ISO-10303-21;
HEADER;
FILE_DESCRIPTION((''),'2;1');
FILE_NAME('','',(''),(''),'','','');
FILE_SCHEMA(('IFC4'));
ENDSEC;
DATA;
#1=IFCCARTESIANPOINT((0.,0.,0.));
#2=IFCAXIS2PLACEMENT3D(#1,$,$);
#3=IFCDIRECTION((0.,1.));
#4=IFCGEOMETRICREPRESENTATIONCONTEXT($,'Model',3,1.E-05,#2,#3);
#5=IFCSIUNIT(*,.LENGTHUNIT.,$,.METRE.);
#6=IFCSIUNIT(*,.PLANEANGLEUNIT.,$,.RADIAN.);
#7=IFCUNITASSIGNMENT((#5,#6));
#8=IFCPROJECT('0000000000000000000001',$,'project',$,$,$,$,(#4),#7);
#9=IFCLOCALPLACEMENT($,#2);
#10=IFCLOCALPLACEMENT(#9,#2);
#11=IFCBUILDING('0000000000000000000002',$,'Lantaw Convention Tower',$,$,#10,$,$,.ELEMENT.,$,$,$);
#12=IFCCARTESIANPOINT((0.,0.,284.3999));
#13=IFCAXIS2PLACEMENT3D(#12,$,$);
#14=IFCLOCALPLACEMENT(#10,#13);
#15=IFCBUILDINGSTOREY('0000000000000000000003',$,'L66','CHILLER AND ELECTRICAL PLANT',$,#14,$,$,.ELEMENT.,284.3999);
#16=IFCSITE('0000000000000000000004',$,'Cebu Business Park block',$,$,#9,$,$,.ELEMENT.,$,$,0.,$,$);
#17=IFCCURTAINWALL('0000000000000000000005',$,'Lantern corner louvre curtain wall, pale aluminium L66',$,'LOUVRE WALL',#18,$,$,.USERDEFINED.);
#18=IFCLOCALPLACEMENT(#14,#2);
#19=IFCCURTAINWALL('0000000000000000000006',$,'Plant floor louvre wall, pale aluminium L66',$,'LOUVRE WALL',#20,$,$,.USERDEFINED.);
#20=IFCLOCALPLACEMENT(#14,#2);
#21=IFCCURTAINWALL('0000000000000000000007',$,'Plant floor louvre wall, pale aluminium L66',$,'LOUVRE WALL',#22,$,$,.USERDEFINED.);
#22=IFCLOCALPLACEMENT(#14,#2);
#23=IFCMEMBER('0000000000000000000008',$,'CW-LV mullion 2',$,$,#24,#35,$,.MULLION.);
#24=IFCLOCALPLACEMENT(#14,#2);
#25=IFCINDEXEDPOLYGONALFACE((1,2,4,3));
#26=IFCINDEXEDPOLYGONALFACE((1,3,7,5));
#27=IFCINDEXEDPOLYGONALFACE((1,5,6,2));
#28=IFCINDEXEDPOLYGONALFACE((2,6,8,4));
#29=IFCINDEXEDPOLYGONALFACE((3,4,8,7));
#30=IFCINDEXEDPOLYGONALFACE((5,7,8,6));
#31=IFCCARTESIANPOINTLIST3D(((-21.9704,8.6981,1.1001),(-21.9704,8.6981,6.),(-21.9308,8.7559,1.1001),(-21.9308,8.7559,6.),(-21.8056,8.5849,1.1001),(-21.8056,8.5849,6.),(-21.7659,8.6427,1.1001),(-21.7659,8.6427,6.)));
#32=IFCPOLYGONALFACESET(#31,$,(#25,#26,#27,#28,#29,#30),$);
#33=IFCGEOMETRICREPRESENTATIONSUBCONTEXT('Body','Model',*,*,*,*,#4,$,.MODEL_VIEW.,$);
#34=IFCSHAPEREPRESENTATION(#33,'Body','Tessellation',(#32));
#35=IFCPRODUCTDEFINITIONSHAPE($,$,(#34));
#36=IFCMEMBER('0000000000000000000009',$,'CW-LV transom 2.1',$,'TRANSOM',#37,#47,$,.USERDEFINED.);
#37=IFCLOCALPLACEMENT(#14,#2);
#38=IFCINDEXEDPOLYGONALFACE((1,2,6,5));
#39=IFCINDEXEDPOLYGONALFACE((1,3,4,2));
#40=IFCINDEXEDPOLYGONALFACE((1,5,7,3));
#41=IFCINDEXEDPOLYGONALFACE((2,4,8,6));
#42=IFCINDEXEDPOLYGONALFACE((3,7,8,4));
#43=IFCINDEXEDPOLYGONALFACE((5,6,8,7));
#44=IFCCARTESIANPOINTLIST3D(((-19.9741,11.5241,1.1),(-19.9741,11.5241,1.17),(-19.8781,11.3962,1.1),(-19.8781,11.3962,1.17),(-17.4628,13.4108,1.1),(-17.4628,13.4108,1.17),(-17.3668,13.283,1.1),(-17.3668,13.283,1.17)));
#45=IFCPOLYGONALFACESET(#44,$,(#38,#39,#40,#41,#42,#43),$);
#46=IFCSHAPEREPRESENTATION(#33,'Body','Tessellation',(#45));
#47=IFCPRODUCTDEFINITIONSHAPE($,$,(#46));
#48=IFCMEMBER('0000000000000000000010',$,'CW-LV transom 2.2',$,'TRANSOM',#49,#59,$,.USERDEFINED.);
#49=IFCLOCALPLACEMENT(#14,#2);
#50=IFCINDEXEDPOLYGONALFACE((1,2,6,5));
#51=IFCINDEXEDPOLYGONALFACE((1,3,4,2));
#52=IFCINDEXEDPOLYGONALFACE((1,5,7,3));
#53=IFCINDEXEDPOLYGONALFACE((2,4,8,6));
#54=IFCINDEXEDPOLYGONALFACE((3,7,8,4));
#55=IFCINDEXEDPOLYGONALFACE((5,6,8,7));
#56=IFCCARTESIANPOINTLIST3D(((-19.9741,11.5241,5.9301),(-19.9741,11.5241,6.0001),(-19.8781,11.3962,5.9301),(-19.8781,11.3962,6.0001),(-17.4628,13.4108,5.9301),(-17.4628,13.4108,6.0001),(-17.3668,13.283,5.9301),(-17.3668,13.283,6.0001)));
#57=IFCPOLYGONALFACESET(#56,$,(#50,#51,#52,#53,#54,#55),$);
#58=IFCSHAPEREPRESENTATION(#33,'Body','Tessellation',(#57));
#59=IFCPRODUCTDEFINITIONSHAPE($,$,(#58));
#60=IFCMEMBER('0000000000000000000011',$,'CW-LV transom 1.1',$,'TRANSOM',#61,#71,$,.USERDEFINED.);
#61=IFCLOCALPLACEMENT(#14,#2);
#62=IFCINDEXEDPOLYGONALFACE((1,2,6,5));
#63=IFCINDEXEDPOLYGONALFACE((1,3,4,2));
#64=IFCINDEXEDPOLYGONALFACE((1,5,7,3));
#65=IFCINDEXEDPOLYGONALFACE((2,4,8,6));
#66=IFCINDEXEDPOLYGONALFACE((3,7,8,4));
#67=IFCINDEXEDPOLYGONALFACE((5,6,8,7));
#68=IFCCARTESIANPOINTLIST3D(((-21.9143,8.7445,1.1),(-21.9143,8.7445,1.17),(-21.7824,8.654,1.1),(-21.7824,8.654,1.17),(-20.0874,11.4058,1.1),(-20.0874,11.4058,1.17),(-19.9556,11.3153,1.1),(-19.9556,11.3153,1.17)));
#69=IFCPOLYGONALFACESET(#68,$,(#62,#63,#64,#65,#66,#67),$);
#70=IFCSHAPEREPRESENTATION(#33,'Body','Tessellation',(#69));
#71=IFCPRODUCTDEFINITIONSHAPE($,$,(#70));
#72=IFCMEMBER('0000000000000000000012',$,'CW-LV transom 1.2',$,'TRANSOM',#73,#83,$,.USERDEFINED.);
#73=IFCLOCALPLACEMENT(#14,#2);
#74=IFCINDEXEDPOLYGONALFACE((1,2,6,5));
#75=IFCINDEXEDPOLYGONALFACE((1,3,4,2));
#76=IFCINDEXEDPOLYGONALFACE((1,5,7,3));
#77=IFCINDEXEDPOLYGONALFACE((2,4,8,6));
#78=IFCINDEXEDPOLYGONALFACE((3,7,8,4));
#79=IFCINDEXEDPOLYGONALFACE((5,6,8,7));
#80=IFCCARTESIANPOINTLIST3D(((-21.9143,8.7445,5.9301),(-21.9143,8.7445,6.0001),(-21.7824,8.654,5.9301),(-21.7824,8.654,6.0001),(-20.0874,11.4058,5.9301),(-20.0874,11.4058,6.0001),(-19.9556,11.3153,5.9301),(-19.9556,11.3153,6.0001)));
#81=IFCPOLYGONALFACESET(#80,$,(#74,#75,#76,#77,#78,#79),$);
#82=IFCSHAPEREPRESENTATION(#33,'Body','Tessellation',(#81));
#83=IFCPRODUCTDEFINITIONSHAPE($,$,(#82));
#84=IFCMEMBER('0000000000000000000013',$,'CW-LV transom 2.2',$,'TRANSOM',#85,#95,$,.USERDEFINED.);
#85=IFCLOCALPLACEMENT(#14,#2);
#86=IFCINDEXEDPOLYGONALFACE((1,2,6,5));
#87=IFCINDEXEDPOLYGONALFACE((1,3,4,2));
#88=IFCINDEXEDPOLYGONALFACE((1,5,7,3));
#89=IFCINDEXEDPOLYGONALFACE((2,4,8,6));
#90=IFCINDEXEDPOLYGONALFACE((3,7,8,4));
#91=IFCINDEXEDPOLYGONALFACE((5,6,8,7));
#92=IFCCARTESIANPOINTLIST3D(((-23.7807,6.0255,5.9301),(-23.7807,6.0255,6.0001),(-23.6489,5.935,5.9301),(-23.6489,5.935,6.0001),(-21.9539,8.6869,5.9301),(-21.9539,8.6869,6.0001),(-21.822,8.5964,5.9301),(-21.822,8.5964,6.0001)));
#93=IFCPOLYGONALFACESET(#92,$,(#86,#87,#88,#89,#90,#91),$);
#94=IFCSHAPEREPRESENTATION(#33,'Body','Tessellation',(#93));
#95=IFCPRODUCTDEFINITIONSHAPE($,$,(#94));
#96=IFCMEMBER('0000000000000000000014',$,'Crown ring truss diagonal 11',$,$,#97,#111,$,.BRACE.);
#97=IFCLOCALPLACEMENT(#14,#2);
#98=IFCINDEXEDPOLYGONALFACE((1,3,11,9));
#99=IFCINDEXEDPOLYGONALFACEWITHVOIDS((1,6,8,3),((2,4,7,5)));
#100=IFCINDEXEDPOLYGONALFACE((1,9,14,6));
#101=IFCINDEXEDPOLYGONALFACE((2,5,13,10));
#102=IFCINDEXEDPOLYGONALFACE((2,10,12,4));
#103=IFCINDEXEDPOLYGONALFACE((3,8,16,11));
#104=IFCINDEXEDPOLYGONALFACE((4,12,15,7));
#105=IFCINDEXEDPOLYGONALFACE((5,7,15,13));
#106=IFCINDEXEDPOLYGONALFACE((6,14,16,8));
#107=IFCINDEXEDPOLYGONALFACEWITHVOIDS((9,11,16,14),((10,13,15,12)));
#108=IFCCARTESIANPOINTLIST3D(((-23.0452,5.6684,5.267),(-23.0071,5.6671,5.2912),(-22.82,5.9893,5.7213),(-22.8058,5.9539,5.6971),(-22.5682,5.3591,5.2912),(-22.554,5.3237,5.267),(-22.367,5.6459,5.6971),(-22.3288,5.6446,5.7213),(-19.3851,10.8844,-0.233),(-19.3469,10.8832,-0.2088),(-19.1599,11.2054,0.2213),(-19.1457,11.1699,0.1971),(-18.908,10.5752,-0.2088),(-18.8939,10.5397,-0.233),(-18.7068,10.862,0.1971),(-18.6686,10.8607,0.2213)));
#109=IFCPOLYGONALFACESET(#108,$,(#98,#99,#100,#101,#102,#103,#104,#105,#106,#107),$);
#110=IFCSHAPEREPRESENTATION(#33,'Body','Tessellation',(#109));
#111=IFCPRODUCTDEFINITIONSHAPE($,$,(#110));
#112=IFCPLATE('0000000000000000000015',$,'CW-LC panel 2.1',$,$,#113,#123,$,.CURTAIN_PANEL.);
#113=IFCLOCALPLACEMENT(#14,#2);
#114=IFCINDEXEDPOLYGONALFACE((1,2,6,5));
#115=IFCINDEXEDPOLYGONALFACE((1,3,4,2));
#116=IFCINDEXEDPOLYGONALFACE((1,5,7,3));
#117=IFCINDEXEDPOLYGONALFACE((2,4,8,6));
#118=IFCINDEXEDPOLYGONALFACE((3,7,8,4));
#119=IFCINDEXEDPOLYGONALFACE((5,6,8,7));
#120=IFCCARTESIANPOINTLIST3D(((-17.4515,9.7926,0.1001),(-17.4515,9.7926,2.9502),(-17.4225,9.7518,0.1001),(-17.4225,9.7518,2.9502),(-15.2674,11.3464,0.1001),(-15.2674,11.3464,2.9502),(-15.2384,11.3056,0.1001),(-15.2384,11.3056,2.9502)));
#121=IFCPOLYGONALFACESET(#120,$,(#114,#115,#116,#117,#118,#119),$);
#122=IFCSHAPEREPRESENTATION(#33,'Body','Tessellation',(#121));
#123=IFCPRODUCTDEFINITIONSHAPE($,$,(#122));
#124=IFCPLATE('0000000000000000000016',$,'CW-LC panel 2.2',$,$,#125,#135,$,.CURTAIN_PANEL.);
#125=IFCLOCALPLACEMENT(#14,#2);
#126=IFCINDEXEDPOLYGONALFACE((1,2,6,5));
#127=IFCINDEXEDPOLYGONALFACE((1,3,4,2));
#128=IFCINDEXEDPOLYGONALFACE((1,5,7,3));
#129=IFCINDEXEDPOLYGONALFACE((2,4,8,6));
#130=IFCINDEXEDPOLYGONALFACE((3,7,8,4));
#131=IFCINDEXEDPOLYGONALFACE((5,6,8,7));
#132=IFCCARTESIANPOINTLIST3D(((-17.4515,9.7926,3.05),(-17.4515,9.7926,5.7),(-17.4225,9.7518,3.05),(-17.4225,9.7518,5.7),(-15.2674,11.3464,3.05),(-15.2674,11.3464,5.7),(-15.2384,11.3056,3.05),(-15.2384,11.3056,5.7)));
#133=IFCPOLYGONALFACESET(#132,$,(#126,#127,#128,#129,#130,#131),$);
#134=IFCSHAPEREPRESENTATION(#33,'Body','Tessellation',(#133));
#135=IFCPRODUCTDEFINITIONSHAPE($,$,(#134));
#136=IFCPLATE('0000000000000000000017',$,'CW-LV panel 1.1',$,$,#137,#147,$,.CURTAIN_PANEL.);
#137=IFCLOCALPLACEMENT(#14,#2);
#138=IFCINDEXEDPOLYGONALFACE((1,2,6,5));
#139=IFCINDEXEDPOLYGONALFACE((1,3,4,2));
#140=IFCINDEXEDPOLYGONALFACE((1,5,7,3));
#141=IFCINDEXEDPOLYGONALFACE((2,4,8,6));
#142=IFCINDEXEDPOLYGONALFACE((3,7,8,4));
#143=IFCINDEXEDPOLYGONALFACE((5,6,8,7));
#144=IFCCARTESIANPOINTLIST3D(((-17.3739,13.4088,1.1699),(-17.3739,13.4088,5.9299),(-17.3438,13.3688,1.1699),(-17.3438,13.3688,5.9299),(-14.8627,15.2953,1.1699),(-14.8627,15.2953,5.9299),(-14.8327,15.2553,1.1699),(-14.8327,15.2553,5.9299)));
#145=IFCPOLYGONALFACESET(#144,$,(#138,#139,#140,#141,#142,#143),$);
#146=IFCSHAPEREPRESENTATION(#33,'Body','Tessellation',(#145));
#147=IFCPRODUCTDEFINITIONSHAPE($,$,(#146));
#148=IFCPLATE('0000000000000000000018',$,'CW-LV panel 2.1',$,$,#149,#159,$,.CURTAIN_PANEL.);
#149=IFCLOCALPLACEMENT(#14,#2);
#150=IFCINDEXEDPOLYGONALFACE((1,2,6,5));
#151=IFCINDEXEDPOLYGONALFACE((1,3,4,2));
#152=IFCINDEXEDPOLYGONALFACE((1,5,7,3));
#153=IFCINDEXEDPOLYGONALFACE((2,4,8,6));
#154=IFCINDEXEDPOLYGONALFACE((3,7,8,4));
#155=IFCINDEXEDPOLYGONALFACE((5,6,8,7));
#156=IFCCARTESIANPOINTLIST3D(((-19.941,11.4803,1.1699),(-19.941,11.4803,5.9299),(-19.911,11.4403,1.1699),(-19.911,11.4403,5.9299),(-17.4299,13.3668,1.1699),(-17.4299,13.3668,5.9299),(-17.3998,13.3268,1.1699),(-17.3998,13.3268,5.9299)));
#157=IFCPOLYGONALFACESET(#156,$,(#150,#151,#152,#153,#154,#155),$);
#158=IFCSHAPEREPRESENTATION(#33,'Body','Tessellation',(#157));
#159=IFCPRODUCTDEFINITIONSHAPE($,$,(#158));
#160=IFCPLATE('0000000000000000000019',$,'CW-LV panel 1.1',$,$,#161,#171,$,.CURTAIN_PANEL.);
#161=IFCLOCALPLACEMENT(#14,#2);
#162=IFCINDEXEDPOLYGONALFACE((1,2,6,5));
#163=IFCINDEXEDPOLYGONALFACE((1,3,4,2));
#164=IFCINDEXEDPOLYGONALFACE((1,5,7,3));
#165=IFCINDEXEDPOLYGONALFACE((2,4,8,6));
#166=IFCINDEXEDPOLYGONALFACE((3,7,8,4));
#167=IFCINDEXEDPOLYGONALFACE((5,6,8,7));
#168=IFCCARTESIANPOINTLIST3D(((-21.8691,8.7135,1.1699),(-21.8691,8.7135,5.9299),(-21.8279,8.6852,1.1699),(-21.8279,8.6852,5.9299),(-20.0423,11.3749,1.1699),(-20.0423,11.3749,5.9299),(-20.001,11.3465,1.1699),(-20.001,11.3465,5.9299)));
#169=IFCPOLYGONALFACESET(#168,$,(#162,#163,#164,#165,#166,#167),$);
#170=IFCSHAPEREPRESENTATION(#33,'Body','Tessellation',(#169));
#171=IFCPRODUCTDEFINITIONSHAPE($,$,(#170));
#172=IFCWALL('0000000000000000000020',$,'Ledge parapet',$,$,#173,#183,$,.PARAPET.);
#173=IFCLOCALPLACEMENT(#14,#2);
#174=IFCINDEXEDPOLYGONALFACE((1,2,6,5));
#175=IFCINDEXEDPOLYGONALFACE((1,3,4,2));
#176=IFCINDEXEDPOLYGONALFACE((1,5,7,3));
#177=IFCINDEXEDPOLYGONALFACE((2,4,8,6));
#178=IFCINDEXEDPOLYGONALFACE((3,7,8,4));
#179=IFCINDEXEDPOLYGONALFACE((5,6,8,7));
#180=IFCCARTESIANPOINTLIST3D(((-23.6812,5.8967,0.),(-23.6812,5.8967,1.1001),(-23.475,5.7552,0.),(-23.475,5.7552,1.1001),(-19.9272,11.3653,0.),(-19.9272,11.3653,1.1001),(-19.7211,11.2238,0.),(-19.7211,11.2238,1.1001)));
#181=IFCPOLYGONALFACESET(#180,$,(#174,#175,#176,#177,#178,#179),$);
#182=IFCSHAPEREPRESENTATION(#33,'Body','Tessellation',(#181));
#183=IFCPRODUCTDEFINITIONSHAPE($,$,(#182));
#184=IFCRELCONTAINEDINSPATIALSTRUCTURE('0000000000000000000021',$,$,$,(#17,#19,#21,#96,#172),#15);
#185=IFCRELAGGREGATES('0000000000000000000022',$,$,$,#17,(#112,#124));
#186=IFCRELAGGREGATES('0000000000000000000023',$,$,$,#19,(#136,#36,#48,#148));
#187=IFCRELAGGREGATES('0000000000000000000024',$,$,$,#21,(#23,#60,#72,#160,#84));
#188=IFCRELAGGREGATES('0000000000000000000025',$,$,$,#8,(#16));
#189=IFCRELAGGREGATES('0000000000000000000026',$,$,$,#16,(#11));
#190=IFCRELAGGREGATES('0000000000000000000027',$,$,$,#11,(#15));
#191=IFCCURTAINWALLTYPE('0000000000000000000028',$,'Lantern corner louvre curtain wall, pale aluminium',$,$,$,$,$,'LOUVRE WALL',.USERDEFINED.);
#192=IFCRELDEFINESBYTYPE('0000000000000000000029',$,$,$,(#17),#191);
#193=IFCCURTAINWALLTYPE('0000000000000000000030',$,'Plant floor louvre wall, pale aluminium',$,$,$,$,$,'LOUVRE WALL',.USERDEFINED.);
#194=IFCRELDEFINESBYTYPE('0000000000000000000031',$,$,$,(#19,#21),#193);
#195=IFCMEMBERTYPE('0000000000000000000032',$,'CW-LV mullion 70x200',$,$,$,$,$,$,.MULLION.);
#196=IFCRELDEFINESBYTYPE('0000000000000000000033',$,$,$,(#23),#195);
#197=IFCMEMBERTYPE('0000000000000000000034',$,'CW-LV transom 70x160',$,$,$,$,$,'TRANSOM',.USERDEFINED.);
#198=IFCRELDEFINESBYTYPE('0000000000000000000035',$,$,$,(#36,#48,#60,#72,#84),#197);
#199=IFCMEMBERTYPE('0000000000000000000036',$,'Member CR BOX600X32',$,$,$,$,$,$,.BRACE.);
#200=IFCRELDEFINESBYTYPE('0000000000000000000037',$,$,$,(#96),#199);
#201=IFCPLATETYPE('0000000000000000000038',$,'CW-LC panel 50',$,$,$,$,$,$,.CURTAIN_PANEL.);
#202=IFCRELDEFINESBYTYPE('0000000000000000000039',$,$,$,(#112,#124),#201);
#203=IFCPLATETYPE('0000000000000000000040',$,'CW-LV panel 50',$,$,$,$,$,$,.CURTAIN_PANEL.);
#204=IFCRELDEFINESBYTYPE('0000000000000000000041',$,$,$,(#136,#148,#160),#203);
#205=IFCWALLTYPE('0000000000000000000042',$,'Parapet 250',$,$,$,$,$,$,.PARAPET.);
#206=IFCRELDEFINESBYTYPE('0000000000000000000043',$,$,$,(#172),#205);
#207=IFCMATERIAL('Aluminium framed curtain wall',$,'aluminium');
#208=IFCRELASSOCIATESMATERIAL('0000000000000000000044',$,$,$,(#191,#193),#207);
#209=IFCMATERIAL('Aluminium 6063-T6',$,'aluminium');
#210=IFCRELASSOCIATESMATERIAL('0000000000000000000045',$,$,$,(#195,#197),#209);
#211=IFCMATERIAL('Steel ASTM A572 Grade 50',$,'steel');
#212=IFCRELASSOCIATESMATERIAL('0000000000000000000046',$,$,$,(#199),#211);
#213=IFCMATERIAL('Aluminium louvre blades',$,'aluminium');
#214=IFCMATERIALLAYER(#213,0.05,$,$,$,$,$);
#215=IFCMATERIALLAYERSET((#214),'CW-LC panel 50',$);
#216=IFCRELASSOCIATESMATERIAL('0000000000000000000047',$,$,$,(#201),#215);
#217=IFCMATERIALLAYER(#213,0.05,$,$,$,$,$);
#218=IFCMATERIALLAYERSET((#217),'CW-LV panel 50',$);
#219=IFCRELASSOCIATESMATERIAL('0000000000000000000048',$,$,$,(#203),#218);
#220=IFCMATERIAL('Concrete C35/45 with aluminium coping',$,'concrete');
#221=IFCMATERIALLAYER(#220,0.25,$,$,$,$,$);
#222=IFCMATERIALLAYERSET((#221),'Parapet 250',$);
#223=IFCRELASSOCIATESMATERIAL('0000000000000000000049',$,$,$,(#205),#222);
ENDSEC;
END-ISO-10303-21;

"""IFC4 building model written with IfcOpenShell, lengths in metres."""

from ifc_helpers import new_model, si_unit, direction, frame, frame_2d, origin, origin_2d, place, context, subcontext, project, spatial, rectangle, hollow_rectangle, extrude, material, layer, layer_set, material_profile, profile_set, type_object, element, aggregate, save


model = new_model("IFC4")

# Units and contexts
model_context = context("Model", 3, precision=1e-05, world=origin(), true_north=direction((0.0, 1.0)))
body_context = subcontext(model_context, "Body", "Model", "MODEL_VIEW")
ifc_project = project(units=[si_unit("LENGTHUNIT", "METRE"), si_unit("PLANEANGLEUNIT", "RADIAN")], contexts=[model_context])

# Site, building, storey
site_placement = place(None, origin())
site = spatial("IfcSite", under=ifc_project, at=site_placement, Name="Cebu Business Park block", CompositionType="ELEMENT", RefElevation=0.0)
building_placement = place(site_placement, origin())
building = spatial("IfcBuilding", under=site, at=building_placement, Name="Lantaw Convention Tower", CompositionType="ELEMENT")
storey_placement = place(building_placement, frame((0.0, 0.0, 284.3999)))
storey = spatial("IfcBuildingStorey", under=building, at=storey_placement, Name="L66", Description="CHILLER AND ELECTRICAL PLANT", CompositionType="ELEMENT", Elevation=284.3999)

# Curtain wall
ifc_material_1 = material(Name="Aluminium framed curtain wall", Category="aluminium")
curtain_wall_type_1 = type_object("IfcCurtainWallType", Name="Lantern corner louvre curtain wall, pale aluminium", ElementType="LOUVRE WALL", PredefinedType="USERDEFINED", material=ifc_material_1)
curtain_wall_1_placement = place(storey_placement, origin())
curtain_wall_1 = element("IfcCurtainWall", 1, at=curtain_wall_1_placement, inside=storey, type_object=curtain_wall_type_1, Name="Lantern corner louvre curtain wall, pale aluminium L66", ObjectType="LOUVRE WALL", PredefinedType="USERDEFINED")
ifc_material_2 = material(Name="Aluminium 6063-T6", Category="aluminium")

# Curtain walls, member
curtain_wall_type_2 = type_object("IfcCurtainWallType", Name="Plant floor louvre wall, pale aluminium", ElementType="LOUVRE WALL", PredefinedType="USERDEFINED", material=ifc_material_1)
curtain_wall_2_placement = place(storey_placement, origin())
curtain_wall_2 = element("IfcCurtainWall", 2, at=curtain_wall_2_placement, inside=storey, type_object=curtain_wall_type_2, Name="Plant floor louvre wall, pale aluminium L66", ObjectType="LOUVRE WALL", PredefinedType="USERDEFINED")
ifc_material_profile_1 = material_profile(ifc_material_2, rectangle(XDim=0.2, YDim=0.0701, at=origin_2d()), Name="CW-LV mullion 70x200")
ifc_profile_set_1 = profile_set([ifc_material_profile_1], Name="Aluminium 6063-T6")
member_type_1 = type_object("IfcMemberType", Name="CW-LV mullion 70x200", PredefinedType="MULLION", material=ifc_profile_set_1)
curtain_wall_3_placement = place(storey_placement, origin())
curtain_wall_3 = element("IfcCurtainWall", 3, at=curtain_wall_3_placement, inside=storey, type_object=curtain_wall_type_2, Name="Plant floor louvre wall, pale aluminium L66", ObjectType="LOUVRE WALL", PredefinedType="USERDEFINED")
member_1_placement = place(storey_placement, frame((-21.8682, 8.6704, 1.1001), z_axis=(0.0, 0.0, 1.0), x_axis=(0.82445, -0.565935, 0.0)))
member_1 = element("IfcMember", 4, at=member_1_placement, type_object=member_type_1, Name="CW-LV mullion 2", PredefinedType="MULLION", context=body_context, shape_type="SweptSolid", body=[
    extrude(rectangle(XDim=0.2, YDim=0.0701, at=origin_2d()), origin(), (0.0, 0.0, 1.0), 4.8999),
])

# Members
ifc_material_profile_2 = material_profile(ifc_material_2, rectangle(XDim=0.1599, YDim=0.0701, at=origin_2d()), Name="CW-LV transom 70x160")
ifc_profile_set_2 = profile_set([ifc_material_profile_2], Name="Aluminium 6063-T6")
member_type_2 = type_object("IfcMemberType", Name="CW-LV transom 70x160", ElementType="TRANSOM", PredefinedType="USERDEFINED", material=ifc_profile_set_2)
member_2_placement = place(storey_placement, frame((-17.4148, 13.3469, 1.135), z_axis=(-0.799496, -0.600671, 0.0), x_axis=(0.600671, -0.799496, 0.0)))
member_2 = element("IfcMember", 5, at=member_2_placement, type_object=member_type_2, Name="CW-LV transom 2.1", ObjectType="TRANSOM", PredefinedType="USERDEFINED", context=body_context, shape_type="SweptSolid", body=[
    extrude(rectangle(XDim=0.1599, YDim=0.0701, at=origin_2d()), origin(), (0.0, 0.0, 1.0), 3.1411),
])
member_3_placement = place(storey_placement, frame((-17.4148, 13.3469, 5.9651), z_axis=(-0.799496, -0.600671, 0.0), x_axis=(0.600671, -0.799496, 0.0)))
member_3 = element("IfcMember", 6, at=member_3_placement, type_object=member_type_2, Name="CW-LV transom 2.2", ObjectType="TRANSOM", PredefinedType="USERDEFINED", context=body_context, shape_type="SweptSolid", body=[
    extrude(rectangle(XDim=0.1599, YDim=0.0701, at=origin_2d()), origin(), (0.0, 0.0, 1.0), 3.1411),
])
member_4_placement = place(storey_placement, frame((-20.0215, 11.3606, 1.135), z_axis=(-0.565941, -0.824446, 0.0), x_axis=(0.824446, -0.565941, 0.0)))
member_4 = element("IfcMember", 7, at=member_4_placement, type_object=member_type_2, Name="CW-LV transom 1.1", ObjectType="TRANSOM", PredefinedType="USERDEFINED", context=body_context, shape_type="SweptSolid", body=[
    extrude(rectangle(XDim=0.1599, YDim=0.0701, at=origin_2d()), origin(), (0.0, 0.0, 1.0), 3.228),
])
member_5_placement = place(storey_placement, frame((-20.0215, 11.3606, 5.9651), z_axis=(-0.565941, -0.824446, 0.0), x_axis=(0.824446, -0.565941, 0.0)))
member_5 = element("IfcMember", 8, at=member_5_placement, type_object=member_type_2, Name="CW-LV transom 1.2", ObjectType="TRANSOM", PredefinedType="USERDEFINED", context=body_context, shape_type="SweptSolid", body=[
    extrude(rectangle(XDim=0.1599, YDim=0.0701, at=origin_2d()), origin(), (0.0, 0.0, 1.0), 3.228),
])
member_6_placement = place(storey_placement, frame((-21.8879, 8.6416, 5.9651), z_axis=(-0.565941, -0.824446, 0.0), x_axis=(0.824446, -0.565941, 0.0)))
member_6 = element("IfcMember", 9, at=member_6_placement, type_object=member_type_2, Name="CW-LV transom 2.2", ObjectType="TRANSOM", PredefinedType="USERDEFINED", context=body_context, shape_type="SweptSolid", body=[
    extrude(rectangle(XDim=0.1599, YDim=0.0701, at=origin_2d()), origin(), (0.0, 0.0, 1.0), 3.228),
])
ifc_material_3 = material(Name="Steel ASTM A572 Grade 50", Category="steel")
ifc_material_profile_3 = material_profile(ifc_material_3, hollow_rectangle(XDim=0.6001, YDim=0.6001, WallThickness=0.032, at=origin_2d()), Name="BOX600X32")
ifc_profile_set_3 = profile_set([ifc_material_profile_3], Name="Steel ASTM A572 Grade 50")
member_type_3 = type_object("IfcMemberType", Name="Member CR BOX600X32", PredefinedType="BRACE", material=ifc_profile_set_3)
member_7_placement = place(storey_placement, frame((-19.0269, 10.8726, -0.0059), z_axis=(-0.434828, -0.61967, 0.653402), x_axis=(0.818574, -0.574401, 0.0)))
element("IfcMember", 10, at=member_7_placement, inside=storey, type_object=member_type_3, Name="Crown ring truss diagonal 11", PredefinedType="BRACE", context=body_context, shape_type="SweptSolid", body=[
    extrude(hollow_rectangle(XDim=0.6001, YDim=0.6001, WallThickness=0.032, at=origin_2d()), origin(), (0.0, 0.0, 1.0), 8.4175),
])

# Plates
ifc_material_4 = material(Name="Aluminium louvre blades", Category="aluminium")
ifc_layer_1 = layer(ifc_material_4, 0.05)
ifc_layer_set_1 = layer_set([ifc_layer_1], Name="CW-LC panel 50")
plate_type_1 = type_object("IfcPlateType", Name="CW-LC panel 50", PredefinedType="CURTAIN_PANEL", material=ifc_layer_set_1)
plate_1_placement = place(storey_placement, frame((-16.345, 10.5491, 0.1001), z_axis=(0.0, 0.0, 1.0), x_axis=(-0.814841, -0.579684, 0.0)))
plate_1 = element("IfcPlate", 11, at=plate_1_placement, type_object=plate_type_1, Name="CW-LC panel 2.1", PredefinedType="CURTAIN_PANEL", context=body_context, shape_type="SweptSolid", body=[
    extrude(rectangle(XDim=2.6804, YDim=0.05, at=origin_2d()), origin(), (0.0, 0.0, 1.0), 2.8501),
])
plate_2_placement = place(storey_placement, frame((-16.345, 10.5491, 3.05), z_axis=(0.0, 0.0, 1.0), x_axis=(-0.814841, -0.579684, 0.0)))
plate_2 = element("IfcPlate", 12, at=plate_2_placement, type_object=plate_type_1, Name="CW-LC panel 2.2", PredefinedType="CURTAIN_PANEL", context=body_context, shape_type="SweptSolid", body=[
    extrude(rectangle(XDim=2.6804, YDim=0.05, at=origin_2d()), origin(), (0.0, 0.0, 1.0), 2.6499),
])
aggregate(curtain_wall_1, [plate_1, plate_2])
ifc_layer_2 = layer(ifc_material_4, 0.05)
ifc_layer_set_2 = layer_set([ifc_layer_2], Name="CW-LV panel 50")
plate_type_2 = type_object("IfcPlateType", Name="CW-LV panel 50", PredefinedType="CURTAIN_PANEL", material=ifc_layer_set_2)
plate_3_placement = place(storey_placement, frame((-16.1033, 14.332, 1.1699), z_axis=(0.0, 0.0, 1.0), x_axis=(-0.799518, -0.600643, 0.0)))
plate_3 = element("IfcPlate", 13, at=plate_3_placement, type_object=plate_type_2, Name="CW-LV panel 1.1", PredefinedType="CURTAIN_PANEL", context=body_context, shape_type="SweptSolid", body=[
    extrude(rectangle(XDim=3.1409, YDim=0.05, at=origin_2d()), origin(), (0.0, 0.0, 1.0), 4.76),
])
plate_4_placement = place(storey_placement, frame((-18.6704, 12.4036, 1.1699), z_axis=(0.0, 0.0, 1.0), x_axis=(-0.799518, -0.600643, 0.0)))
plate_4 = element("IfcPlate", 14, at=plate_4_placement, type_object=plate_type_2, Name="CW-LV panel 2.1", PredefinedType="CURTAIN_PANEL", context=body_context, shape_type="SweptSolid", body=[
    extrude(rectangle(XDim=3.1409, YDim=0.05, at=origin_2d()), origin(), (0.0, 0.0, 1.0), 4.76),
])
aggregate(curtain_wall_2, [plate_3, member_2, member_3, plate_4])
plate_5_placement = place(storey_placement, frame((-20.9351, 10.03, 1.1699), z_axis=(0.0, 0.0, 1.0), x_axis=(-0.565935, -0.82445, 0.0)))
plate_5 = element("IfcPlate", 15, at=plate_5_placement, type_object=plate_type_2, Name="CW-LV panel 1.1", PredefinedType="CURTAIN_PANEL", context=body_context, shape_type="SweptSolid", body=[
    extrude(rectangle(XDim=3.228, YDim=0.05, at=origin_2d()), origin(), (0.0, 0.0, 1.0), 4.76),
])
aggregate(curtain_wall_3, [member_1, member_4, member_5, plate_5, member_6])

# Wall
ifc_material_5 = material(Name="Concrete C35/45 with aluminium coping", Category="concrete")
ifc_layer_3 = layer(ifc_material_5, 0.25)
ifc_layer_set_3 = layer_set([ifc_layer_3], Name="Parapet 250")
wall_type = type_object("IfcWallType", Name="Parapet 250", PredefinedType="PARAPET", material=ifc_layer_set_3)
wall_placement = place(storey_placement, frame((-19.8242, 11.2944, 0.0), z_axis=(0.0, 0.0, 1.0), x_axis=(-0.565946, -0.824442, 0.0)))
element("IfcWall", 16, at=wall_placement, inside=storey, type_object=wall_type, Name="Ledge parapet", PredefinedType="PARAPET", context=body_context, shape_type="SweptSolid", body=[
    extrude(rectangle(XDim=6.6331, YDim=0.25, at=frame_2d((3.3164, 0.0))), origin(), (0.0, 0.0, 1.0), 1.1001),
])

save(model, "model.ifc")
